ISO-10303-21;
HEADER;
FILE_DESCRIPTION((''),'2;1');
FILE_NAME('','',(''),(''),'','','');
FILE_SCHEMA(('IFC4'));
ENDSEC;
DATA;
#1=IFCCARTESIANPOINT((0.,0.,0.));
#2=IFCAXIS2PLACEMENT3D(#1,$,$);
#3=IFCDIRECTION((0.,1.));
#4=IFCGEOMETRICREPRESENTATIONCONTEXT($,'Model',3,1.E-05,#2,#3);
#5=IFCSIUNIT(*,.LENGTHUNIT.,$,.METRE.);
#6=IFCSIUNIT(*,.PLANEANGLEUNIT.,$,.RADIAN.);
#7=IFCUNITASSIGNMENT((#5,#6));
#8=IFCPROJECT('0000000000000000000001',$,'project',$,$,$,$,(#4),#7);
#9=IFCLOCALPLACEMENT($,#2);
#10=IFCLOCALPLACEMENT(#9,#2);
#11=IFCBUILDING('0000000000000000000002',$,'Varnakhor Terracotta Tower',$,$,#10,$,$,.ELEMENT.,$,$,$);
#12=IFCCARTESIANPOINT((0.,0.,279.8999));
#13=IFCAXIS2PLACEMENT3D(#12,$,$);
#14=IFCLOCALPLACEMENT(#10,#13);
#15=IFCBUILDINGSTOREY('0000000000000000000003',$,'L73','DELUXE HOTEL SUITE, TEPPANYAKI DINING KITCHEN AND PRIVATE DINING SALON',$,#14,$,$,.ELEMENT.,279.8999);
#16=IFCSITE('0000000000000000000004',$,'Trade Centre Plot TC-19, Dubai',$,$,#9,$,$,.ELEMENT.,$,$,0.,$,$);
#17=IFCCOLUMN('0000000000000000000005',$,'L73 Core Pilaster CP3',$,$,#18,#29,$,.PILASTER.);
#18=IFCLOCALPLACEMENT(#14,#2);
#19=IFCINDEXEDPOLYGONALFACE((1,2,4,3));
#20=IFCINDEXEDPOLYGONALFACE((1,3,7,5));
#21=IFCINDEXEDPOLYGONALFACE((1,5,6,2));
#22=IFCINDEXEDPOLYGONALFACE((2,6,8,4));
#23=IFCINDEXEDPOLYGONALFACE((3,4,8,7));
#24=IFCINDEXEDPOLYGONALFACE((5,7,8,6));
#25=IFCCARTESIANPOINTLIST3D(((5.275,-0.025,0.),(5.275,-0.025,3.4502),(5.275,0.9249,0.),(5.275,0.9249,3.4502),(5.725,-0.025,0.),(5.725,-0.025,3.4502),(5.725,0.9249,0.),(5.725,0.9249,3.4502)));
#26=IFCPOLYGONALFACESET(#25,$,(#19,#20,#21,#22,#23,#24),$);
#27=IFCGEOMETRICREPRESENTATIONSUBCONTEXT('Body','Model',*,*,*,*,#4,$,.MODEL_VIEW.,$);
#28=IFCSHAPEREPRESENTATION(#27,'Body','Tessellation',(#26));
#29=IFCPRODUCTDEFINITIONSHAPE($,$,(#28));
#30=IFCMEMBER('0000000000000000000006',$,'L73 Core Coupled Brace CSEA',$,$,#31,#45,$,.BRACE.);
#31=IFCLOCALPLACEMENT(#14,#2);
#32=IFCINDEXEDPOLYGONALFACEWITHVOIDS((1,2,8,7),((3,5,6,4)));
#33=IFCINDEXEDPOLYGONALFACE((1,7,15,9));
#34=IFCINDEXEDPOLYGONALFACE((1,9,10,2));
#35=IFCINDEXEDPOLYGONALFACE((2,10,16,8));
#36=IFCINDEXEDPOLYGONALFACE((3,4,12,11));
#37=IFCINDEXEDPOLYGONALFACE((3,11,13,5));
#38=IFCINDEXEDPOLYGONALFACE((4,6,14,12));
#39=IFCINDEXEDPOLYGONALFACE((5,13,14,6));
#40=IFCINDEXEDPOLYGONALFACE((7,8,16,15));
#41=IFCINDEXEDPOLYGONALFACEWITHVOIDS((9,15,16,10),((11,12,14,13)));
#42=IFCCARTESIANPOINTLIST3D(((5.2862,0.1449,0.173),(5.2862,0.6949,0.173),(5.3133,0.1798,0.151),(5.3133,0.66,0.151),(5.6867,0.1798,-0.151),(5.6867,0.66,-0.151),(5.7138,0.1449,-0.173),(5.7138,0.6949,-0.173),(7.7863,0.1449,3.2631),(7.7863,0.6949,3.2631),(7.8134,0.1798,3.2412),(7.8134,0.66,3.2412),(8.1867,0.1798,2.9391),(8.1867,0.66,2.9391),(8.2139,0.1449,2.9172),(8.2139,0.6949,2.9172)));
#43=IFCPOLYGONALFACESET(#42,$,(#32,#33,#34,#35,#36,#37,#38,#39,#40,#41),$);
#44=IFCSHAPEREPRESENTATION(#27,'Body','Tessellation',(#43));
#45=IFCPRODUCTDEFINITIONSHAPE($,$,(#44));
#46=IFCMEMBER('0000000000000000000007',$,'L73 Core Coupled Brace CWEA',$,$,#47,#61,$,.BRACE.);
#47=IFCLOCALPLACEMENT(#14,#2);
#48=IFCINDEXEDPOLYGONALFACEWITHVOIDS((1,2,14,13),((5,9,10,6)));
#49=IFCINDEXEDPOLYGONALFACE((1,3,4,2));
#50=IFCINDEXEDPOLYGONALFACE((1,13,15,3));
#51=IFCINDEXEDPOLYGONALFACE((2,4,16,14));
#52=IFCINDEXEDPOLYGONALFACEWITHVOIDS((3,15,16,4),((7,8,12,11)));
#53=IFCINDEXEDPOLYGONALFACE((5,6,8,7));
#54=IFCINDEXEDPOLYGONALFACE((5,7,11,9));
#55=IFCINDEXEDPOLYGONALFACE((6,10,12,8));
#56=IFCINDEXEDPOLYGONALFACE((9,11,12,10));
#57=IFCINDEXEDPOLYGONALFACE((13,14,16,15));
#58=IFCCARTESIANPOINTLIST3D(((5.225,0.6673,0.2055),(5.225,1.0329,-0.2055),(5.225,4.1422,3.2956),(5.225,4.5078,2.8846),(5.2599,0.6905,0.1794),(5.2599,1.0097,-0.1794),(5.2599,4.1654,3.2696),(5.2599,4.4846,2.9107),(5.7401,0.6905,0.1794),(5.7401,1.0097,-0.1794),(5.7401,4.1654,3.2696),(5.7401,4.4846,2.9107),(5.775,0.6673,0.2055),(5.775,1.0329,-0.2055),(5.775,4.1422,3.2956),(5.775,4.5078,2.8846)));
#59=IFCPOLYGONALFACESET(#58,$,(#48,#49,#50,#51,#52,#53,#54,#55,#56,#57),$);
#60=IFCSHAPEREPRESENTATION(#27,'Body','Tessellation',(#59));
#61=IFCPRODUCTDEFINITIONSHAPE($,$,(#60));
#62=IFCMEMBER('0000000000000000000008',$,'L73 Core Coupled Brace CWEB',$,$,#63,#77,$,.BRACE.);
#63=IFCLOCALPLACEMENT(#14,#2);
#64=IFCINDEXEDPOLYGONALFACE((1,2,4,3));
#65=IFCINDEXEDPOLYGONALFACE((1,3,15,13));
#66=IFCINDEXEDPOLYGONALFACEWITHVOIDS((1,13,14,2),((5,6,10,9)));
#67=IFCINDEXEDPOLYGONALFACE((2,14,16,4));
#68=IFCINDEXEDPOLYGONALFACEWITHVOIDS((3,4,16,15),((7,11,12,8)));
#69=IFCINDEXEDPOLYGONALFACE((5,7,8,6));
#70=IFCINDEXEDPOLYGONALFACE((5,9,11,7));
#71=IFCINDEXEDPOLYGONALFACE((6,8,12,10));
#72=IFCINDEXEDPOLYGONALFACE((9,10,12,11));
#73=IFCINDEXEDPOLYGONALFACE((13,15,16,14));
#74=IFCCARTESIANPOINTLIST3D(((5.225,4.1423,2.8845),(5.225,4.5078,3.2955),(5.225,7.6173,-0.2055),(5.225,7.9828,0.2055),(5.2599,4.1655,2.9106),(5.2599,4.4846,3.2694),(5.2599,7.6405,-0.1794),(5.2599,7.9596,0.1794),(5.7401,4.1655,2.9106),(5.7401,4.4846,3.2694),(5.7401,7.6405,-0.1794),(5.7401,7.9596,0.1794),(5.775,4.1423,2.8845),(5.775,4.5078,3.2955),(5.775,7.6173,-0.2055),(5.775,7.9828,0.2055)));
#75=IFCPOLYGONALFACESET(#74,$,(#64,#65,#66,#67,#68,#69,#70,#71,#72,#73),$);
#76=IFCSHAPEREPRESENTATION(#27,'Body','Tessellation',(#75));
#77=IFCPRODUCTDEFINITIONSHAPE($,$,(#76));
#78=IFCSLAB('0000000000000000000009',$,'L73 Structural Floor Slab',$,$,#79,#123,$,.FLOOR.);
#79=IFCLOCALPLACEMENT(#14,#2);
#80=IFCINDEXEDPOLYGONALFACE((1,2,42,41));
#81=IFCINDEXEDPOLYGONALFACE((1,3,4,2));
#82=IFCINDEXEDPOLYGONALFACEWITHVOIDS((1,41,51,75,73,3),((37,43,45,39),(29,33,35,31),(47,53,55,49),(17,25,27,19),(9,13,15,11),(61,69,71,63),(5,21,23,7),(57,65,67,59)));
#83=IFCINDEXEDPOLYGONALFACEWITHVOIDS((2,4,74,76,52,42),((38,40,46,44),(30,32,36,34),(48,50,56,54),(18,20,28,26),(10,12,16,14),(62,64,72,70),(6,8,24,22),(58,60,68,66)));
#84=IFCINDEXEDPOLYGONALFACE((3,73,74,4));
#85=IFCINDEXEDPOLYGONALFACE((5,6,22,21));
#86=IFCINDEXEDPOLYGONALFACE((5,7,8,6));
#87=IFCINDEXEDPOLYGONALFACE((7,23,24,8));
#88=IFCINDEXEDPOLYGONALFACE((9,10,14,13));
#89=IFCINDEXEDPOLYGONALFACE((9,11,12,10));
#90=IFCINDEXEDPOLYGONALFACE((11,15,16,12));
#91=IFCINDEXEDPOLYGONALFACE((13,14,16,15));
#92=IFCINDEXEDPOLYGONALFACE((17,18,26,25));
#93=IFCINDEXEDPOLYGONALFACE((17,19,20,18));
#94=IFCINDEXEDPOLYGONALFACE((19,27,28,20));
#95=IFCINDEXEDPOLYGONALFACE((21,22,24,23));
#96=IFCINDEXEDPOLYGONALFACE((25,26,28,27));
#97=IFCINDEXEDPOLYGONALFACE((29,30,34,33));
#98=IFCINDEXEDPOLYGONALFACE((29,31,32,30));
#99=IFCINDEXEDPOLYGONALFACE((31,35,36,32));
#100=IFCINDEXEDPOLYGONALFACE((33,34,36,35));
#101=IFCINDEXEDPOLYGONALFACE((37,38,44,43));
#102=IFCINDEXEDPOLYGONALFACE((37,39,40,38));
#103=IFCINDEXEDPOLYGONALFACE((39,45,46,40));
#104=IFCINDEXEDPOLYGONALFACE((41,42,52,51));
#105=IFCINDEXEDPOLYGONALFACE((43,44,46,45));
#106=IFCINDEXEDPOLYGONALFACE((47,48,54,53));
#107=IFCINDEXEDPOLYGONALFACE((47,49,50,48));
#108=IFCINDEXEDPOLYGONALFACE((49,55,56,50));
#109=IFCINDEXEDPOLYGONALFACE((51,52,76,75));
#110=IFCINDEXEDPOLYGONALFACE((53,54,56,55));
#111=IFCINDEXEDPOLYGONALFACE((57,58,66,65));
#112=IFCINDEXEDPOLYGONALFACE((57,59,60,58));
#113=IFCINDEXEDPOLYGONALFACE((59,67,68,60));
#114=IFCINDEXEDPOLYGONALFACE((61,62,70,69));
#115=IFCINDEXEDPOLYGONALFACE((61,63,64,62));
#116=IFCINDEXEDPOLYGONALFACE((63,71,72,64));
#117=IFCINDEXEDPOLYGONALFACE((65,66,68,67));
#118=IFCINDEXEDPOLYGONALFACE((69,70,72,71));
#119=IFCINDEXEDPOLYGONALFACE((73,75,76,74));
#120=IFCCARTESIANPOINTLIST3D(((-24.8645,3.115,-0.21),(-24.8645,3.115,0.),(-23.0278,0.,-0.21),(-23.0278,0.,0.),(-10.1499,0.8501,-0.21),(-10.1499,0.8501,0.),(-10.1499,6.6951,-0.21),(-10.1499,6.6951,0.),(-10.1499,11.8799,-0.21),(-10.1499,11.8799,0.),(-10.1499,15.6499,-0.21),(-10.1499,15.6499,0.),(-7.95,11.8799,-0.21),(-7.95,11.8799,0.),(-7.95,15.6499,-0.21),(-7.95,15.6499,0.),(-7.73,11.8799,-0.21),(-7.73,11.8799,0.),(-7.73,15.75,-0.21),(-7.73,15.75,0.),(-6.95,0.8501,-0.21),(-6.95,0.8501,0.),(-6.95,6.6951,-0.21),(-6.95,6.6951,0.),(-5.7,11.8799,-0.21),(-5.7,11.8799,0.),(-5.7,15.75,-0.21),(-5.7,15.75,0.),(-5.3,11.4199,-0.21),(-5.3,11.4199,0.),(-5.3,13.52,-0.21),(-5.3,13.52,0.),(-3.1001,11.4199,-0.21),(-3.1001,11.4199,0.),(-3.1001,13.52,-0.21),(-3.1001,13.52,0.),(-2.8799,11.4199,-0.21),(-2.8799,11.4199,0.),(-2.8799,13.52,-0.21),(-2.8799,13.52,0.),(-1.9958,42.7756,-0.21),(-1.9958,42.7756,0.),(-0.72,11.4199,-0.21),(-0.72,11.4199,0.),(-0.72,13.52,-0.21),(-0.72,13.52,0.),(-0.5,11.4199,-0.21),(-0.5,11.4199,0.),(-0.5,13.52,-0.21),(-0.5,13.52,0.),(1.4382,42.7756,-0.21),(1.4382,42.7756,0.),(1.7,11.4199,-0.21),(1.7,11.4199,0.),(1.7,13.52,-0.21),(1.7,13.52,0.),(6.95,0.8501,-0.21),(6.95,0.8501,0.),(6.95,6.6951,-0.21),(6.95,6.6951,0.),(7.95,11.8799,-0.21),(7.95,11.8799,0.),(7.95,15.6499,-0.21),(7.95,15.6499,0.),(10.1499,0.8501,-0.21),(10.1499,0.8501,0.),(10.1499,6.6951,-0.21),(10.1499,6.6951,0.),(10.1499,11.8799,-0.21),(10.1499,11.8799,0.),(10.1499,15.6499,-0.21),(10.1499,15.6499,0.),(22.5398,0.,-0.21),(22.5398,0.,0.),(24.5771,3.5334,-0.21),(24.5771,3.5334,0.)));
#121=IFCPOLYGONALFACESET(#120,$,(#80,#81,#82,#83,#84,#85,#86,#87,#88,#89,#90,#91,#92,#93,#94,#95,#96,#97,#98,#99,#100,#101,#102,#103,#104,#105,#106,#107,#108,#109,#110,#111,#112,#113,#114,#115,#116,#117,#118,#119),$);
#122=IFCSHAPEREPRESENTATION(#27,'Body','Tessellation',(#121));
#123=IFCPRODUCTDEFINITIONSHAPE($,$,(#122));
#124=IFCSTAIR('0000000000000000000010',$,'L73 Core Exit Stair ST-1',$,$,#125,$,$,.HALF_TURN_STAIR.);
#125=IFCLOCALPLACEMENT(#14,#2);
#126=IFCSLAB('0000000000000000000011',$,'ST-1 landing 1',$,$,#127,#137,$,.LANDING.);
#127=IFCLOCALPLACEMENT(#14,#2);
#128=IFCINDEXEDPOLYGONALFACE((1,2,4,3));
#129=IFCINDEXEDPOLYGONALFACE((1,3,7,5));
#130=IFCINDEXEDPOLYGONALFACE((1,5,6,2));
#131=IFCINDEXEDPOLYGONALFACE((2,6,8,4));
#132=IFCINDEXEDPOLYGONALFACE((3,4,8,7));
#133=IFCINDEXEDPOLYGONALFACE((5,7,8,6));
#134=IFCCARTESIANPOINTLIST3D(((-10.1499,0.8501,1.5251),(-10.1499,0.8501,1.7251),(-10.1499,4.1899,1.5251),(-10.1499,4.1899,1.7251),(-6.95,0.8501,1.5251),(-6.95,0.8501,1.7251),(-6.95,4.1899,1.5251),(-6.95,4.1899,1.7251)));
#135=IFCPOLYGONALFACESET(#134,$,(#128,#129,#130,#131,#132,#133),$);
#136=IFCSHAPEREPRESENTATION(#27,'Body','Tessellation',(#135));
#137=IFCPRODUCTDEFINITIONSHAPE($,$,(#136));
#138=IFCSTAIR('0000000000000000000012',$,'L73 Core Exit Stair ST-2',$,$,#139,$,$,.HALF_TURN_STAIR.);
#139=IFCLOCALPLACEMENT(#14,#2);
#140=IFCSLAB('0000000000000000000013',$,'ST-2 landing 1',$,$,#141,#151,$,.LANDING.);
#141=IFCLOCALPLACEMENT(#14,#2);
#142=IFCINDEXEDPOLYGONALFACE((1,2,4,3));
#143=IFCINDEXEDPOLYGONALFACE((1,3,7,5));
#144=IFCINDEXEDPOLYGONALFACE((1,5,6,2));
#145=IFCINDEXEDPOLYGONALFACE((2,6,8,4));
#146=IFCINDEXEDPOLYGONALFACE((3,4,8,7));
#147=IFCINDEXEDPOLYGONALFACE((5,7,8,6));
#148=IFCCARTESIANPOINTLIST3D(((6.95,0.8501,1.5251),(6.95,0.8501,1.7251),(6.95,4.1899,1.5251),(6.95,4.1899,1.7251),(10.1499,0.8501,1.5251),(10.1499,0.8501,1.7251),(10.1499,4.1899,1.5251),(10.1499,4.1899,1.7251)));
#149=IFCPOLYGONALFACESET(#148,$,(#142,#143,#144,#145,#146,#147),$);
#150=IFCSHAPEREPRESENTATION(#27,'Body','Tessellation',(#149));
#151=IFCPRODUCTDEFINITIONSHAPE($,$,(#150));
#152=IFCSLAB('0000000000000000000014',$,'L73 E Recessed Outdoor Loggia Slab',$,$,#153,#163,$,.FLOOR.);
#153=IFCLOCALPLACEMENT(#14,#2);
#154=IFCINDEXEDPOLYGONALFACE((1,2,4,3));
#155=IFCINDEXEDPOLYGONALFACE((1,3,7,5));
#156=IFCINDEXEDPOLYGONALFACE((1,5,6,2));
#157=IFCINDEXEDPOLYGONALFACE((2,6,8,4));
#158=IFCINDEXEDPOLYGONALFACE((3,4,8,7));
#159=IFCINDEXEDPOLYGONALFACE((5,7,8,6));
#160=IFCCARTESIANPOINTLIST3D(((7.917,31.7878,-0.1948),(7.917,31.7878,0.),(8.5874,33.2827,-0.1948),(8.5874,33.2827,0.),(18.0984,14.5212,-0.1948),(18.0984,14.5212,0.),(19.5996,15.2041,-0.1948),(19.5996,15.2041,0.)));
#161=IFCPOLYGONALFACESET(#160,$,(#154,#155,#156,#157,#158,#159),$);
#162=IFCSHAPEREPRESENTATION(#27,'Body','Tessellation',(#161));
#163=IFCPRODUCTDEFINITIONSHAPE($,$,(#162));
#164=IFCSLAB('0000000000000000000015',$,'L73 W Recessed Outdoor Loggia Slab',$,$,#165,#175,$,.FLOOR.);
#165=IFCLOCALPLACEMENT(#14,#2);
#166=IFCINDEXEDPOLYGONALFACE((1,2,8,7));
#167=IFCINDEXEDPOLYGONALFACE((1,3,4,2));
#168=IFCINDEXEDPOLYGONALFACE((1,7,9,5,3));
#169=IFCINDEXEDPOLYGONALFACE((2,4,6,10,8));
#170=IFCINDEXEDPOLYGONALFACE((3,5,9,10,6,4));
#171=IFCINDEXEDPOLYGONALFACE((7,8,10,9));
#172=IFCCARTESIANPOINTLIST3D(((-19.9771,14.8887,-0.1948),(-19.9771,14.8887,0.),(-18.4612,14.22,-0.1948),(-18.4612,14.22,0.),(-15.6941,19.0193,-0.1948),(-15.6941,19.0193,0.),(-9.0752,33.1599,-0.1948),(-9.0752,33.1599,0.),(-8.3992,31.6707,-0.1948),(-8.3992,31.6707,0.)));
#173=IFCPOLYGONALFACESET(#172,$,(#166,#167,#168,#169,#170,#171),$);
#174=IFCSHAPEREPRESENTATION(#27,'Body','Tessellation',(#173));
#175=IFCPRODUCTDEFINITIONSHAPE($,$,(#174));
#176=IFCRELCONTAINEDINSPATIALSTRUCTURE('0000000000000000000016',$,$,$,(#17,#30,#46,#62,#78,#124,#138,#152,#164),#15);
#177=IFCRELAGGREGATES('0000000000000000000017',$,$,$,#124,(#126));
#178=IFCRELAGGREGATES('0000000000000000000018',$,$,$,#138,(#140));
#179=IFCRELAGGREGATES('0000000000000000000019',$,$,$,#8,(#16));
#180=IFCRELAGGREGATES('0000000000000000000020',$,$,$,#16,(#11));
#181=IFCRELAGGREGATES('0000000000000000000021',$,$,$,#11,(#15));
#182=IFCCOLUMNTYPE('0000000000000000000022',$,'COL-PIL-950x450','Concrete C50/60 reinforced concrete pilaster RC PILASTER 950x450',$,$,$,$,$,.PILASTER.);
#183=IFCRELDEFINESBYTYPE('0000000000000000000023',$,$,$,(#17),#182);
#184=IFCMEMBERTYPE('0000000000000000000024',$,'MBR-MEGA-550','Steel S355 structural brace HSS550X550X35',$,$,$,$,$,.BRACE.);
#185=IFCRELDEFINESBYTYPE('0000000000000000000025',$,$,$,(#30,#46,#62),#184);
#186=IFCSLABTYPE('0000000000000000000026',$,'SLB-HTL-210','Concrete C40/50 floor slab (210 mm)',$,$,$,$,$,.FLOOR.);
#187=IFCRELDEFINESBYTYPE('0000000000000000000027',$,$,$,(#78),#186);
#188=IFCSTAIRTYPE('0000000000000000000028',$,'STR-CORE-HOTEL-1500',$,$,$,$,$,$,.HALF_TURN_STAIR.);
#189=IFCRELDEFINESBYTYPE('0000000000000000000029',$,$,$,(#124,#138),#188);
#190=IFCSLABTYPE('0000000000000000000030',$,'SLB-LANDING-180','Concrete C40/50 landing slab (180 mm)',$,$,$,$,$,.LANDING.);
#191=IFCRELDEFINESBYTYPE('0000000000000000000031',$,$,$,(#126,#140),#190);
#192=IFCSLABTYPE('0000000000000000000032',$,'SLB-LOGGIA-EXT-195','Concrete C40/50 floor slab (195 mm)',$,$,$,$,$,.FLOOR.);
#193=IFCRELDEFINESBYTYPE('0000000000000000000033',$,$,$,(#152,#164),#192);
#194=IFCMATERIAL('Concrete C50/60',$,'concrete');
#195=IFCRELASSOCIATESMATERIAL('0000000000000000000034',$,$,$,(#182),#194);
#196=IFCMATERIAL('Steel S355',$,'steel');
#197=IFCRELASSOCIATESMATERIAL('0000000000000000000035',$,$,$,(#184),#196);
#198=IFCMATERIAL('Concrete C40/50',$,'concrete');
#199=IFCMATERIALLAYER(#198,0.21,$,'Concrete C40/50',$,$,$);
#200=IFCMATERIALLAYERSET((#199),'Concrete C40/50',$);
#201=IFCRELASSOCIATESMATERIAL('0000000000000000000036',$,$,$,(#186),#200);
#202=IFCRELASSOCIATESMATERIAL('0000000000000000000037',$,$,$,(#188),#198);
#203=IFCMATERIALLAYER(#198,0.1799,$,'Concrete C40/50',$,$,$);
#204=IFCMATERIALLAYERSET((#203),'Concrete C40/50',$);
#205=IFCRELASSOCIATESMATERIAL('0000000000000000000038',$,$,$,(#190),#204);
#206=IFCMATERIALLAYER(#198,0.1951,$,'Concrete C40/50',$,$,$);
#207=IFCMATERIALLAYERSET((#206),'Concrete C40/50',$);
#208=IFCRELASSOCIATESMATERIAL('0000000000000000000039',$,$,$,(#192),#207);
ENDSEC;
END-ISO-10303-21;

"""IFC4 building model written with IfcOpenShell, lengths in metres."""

from ifc_helpers import new_model, si_unit, direction, frame, origin, origin_2d, place, context, subcontext, project, spatial, polyline, rectangle, hollow_rectangle, outline, extrude, source, transform, mapped, material, layer, layer_set, material_profile, profile_set, type_object, element, aggregate, save


model = new_model("IFC4")

# Units and contexts
model_context = context("Model", 3, precision=1e-05, world=origin(), true_north=direction((0.0, 1.0)))
body_context = subcontext(model_context, "Body", "Model", "MODEL_VIEW")
ifc_project = project(units=[si_unit("LENGTHUNIT", "METRE"), si_unit("PLANEANGLEUNIT", "RADIAN")], contexts=[model_context])

# Site, building, storey
site_placement = place(None, origin())
site = spatial("IfcSite", under=ifc_project, at=site_placement, Name="Trade Centre Plot TC-19, Dubai", CompositionType="ELEMENT", RefElevation=0.0)
building_placement = place(site_placement, origin())
building = spatial("IfcBuilding", under=site, at=building_placement, Name="Varnakhor Terracotta Tower", CompositionType="ELEMENT")
storey_placement = place(building_placement, frame((0.0, 0.0, 279.8999)))
storey = spatial("IfcBuildingStorey", under=building, at=storey_placement, Name="L73", Description="DELUXE HOTEL SUITE, TEPPANYAKI DINING KITCHEN AND PRIVATE DINING SALON", CompositionType="ELEMENT", Elevation=279.8999)

# Column
ifc_material_1 = material(Name="Concrete C50/60", Category="concrete")
ifc_material_profile_1 = material_profile(ifc_material_1, rectangle(XDim=0.45, YDim=0.95, at=origin_2d()), Name="RC PILASTER 950x450")
ifc_profile_set_1 = profile_set([ifc_material_profile_1], Name="Concrete C50/60")
column_type = type_object("IfcColumnType", Name="COL-PIL-950x450", Description="Concrete C50/60 reinforced concrete pilaster RC PILASTER 950x450", PredefinedType="PILASTER", material=ifc_profile_set_1)
shared_shape_1 = source(origin(), body_context, "Body", "SweptSolid", [
    extrude(rectangle(XDim=0.45, YDim=0.95, at=origin_2d()), origin(), (0.0, 0.0, 1.0), 3.4502),
])
column_placement = place(storey_placement, frame((5.5, 0.45, 0.0), z_axis=(0.0, 0.0, 1.0), x_axis=(1.0, 0.0, 0.0)))
element("IfcColumn", 1, at=column_placement, inside=storey, type_object=column_type, Name="L73 Core Pilaster CP3", PredefinedType="PILASTER", context=body_context, shape_type="MappedRepresentation", body=[
    mapped(shared_shape_1, transform((0.0, 0.0, 0.0), scale=1.0)),
])

# Members
ifc_material_2 = material(Name="Steel S355", Category="steel")
ifc_material_profile_2 = material_profile(ifc_material_2, hollow_rectangle(XDim=0.55, YDim=0.55, WallThickness=0.0349, at=origin_2d()), Name="HSS550X550X35")
ifc_profile_set_2 = profile_set([ifc_material_profile_2], Name="Steel S355")
member_type = type_object("IfcMemberType", Name="MBR-MEGA-550", Description="Steel S355 structural brace HSS550X550X35", PredefinedType="BRACE", material=ifc_profile_set_2)
shared_shape_2 = source(origin(), body_context, "Body", "SweptSolid", [
    extrude(hollow_rectangle(XDim=0.55, YDim=0.55, WallThickness=0.0349, at=origin_2d()), origin(), (0.0, 0.0, 1.0), 3.9749),
])
member_placement = place(storey_placement, frame((5.5, 0.4199, 0.0), z_axis=(0.62897, 0.0, 0.777429), x_axis=(0.0, 1.0, 0.0)))
element("IfcMember", 2, at=member_placement, inside=storey, type_object=member_type, Name="L73 Core Coupled Brace CSEA", PredefinedType="BRACE", context=body_context, shape_type="MappedRepresentation", body=[
    mapped(shared_shape_2, transform((0.0, 0.0, 0.0), scale=1.0)),
])
shared_shape_3 = source(origin(), body_context, "Body", "SweptSolid", [
    extrude(hollow_rectangle(XDim=0.55, YDim=0.55, WallThickness=0.0349, at=origin_2d()), origin(), (0.0, 0.0, 1.0), 4.6501),
])
for number, where, z_axis, x_axis, name in (
    (3, (5.5, 0.8501, 0.0), (0.0, 0.747267, 0.664524), (-1.0, 0.0, 0.0), "L73 Core Coupled Brace CWEA"),
    (4, (5.5, 7.8, 0.0), (0.0, -0.747291, 0.664497), (1.0, 0.0, 0.0), "L73 Core Coupled Brace CWEB"),
):
    element("IfcMember", number, at=place(storey_placement, frame(where, z_axis=z_axis, x_axis=x_axis)), inside=storey, type_object=member_type, Name=name, PredefinedType="BRACE", context=body_context, shape_type="MappedRepresentation", body=[
        mapped(shared_shape_3, transform((0.0, 0.0, 0.0), scale=1.0)),
    ])

# Slab
ifc_material_3 = material(Name="Concrete C40/50", Category="concrete")
ifc_layer_1 = layer(ifc_material_3, 0.21, Name="Concrete C40/50")
ifc_layer_set_1 = layer_set([ifc_layer_1], Name="Concrete C40/50")
slab_type_1 = type_object("IfcSlabType", Name="SLB-HTL-210", Description="Concrete C40/50 floor slab (210 mm)", PredefinedType="FLOOR", material=ifc_layer_set_1)
slab_1_placement = place(storey_placement, frame((0.0, 0.0, -0.21)))
element("IfcSlab", 5, at=slab_1_placement, inside=storey, type_object=slab_type_1, Name="L73 Structural Floor Slab", PredefinedType="FLOOR", context=body_context, shape_type="SweptSolid", body=[
    extrude(outline(polyline([(-24.8645, 3.115), (-1.9958, 42.7756), (1.4382, 42.7756), (24.5771, 3.5334), (22.5398, 0.0), (-23.0278, 0.0), (-24.8645, 3.115)]), holes=[polyline([(-6.95, 0.8501), (-6.95, 6.6951), (-10.1499, 6.6951), (-10.1499, 0.8501), (-6.95, 0.8501)]), polyline([(10.1499, 0.8501), (10.1499, 6.6951), (6.95, 6.6951), (6.95, 0.8501), (10.1499, 0.8501)]), polyline([(-3.1001, 11.4199), (-3.1001, 13.52), (-5.3, 13.52), (-5.3, 11.4199), (-3.1001, 11.4199)]), polyline([(-0.72, 11.4199), (-0.72, 13.52), (-2.8799, 13.52), (-2.8799, 11.4199), (-0.72, 11.4199)]), polyline([(1.7, 11.4199), (1.7, 13.52), (-0.5, 13.52), (-0.5, 11.4199), (1.7, 11.4199)]), polyline([(-7.95, 11.8799), (-7.95, 15.6499), (-10.1499, 15.6499), (-10.1499, 11.8799), (-7.95, 11.8799)]), polyline([(10.1499, 11.8799), (10.1499, 15.6499), (7.95, 15.6499), (7.95, 11.8799), (10.1499, 11.8799)]), polyline([(-5.7, 11.8799), (-5.7, 15.75), (-7.73, 15.75), (-7.73, 11.8799), (-5.7, 11.8799)])]), origin(), (0.0, 0.0, 1.0), 0.21),
])

# Stairs, slabs
stair_type = type_object("IfcStairType", Name="STR-CORE-HOTEL-1500", PredefinedType="HALF_TURN_STAIR", material=ifc_material_3)
stair_1_placement = place(storey_placement, origin())
stair_1 = element("IfcStair", 6, at=stair_1_placement, inside=storey, type_object=stair_type, Name="L73 Core Exit Stair ST-1", PredefinedType="HALF_TURN_STAIR")
ifc_layer_2 = layer(ifc_material_3, 0.1799, Name="Concrete C40/50")
ifc_layer_set_2 = layer_set([ifc_layer_2], Name="Concrete C40/50")
slab_type_2 = type_object("IfcSlabType", Name="SLB-LANDING-180", Description="Concrete C40/50 landing slab (180 mm)", PredefinedType="LANDING", material=ifc_layer_set_2)
slab_2_placement = place(storey_placement, frame((0.0, 0.0, 1.5251)))
slab_2 = element("IfcSlab", 7, at=slab_2_placement, type_object=slab_type_2, Name="ST-1 landing 1", PredefinedType="LANDING", context=body_context, shape_type="SweptSolid", body=[
    extrude(outline(polyline([(-10.1499, 4.1899), (-10.1499, 0.8501), (-6.95, 0.8501), (-6.95, 4.1899), (-10.1499, 4.1899)])), origin(), (0.0, 0.0, 1.0), 0.2),
])
aggregate(stair_1, [slab_2])
stair_2_placement = place(storey_placement, origin())
stair_2 = element("IfcStair", 8, at=stair_2_placement, inside=storey, type_object=stair_type, Name="L73 Core Exit Stair ST-2", PredefinedType="HALF_TURN_STAIR")
slab_3_placement = place(storey_placement, frame((0.0, 0.0, 1.5251)))
slab_3 = element("IfcSlab", 9, at=slab_3_placement, type_object=slab_type_2, Name="ST-2 landing 1", PredefinedType="LANDING", context=body_context, shape_type="SweptSolid", body=[
    extrude(outline(polyline([(6.95, 4.1899), (6.95, 0.8501), (10.1499, 0.8501), (10.1499, 4.1899), (6.95, 4.1899)])), origin(), (0.0, 0.0, 1.0), 0.2),
])

# Slabs
ifc_layer_3 = layer(ifc_material_3, 0.1951, Name="Concrete C40/50")
ifc_layer_set_3 = layer_set([ifc_layer_3], Name="Concrete C40/50")
slab_type_3 = type_object("IfcSlabType", Name="SLB-LOGGIA-EXT-195", Description="Concrete C40/50 floor slab (195 mm)", PredefinedType="FLOOR", material=ifc_layer_set_3)
slab_4_placement = place(storey_placement, frame((0.0, 0.0, -0.1948)))
element("IfcSlab", 10, at=slab_4_placement, inside=storey, type_object=slab_type_3, Name="L73 E Recessed Outdoor Loggia Slab", PredefinedType="FLOOR", context=body_context, shape_type="SweptSolid", body=[
    extrude(outline(polyline([(8.5874, 33.2827), (19.5996, 15.2041), (18.0984, 14.5212), (7.917, 31.7878), (8.5874, 33.2827)])), origin(), (0.0, 0.0, 1.0), 0.1948),
])
slab_5_placement = place(storey_placement, frame((0.0, 0.0, -0.1948)))
element("IfcSlab", 11, at=slab_5_placement, inside=storey, type_object=slab_type_3, Name="L73 W Recessed Outdoor Loggia Slab", PredefinedType="FLOOR", context=body_context, shape_type="SweptSolid", body=[
    extrude(outline(polyline([(-19.9771, 14.8887), (-9.0752, 33.1599), (-8.3992, 31.6707), (-15.6941, 19.0193), (-18.4612, 14.22), (-19.9771, 14.8887)])), origin(), (0.0, 0.0, 1.0), 0.1948),
])

aggregate(stair_2, [slab_3])

save(model, "model.ifc")
